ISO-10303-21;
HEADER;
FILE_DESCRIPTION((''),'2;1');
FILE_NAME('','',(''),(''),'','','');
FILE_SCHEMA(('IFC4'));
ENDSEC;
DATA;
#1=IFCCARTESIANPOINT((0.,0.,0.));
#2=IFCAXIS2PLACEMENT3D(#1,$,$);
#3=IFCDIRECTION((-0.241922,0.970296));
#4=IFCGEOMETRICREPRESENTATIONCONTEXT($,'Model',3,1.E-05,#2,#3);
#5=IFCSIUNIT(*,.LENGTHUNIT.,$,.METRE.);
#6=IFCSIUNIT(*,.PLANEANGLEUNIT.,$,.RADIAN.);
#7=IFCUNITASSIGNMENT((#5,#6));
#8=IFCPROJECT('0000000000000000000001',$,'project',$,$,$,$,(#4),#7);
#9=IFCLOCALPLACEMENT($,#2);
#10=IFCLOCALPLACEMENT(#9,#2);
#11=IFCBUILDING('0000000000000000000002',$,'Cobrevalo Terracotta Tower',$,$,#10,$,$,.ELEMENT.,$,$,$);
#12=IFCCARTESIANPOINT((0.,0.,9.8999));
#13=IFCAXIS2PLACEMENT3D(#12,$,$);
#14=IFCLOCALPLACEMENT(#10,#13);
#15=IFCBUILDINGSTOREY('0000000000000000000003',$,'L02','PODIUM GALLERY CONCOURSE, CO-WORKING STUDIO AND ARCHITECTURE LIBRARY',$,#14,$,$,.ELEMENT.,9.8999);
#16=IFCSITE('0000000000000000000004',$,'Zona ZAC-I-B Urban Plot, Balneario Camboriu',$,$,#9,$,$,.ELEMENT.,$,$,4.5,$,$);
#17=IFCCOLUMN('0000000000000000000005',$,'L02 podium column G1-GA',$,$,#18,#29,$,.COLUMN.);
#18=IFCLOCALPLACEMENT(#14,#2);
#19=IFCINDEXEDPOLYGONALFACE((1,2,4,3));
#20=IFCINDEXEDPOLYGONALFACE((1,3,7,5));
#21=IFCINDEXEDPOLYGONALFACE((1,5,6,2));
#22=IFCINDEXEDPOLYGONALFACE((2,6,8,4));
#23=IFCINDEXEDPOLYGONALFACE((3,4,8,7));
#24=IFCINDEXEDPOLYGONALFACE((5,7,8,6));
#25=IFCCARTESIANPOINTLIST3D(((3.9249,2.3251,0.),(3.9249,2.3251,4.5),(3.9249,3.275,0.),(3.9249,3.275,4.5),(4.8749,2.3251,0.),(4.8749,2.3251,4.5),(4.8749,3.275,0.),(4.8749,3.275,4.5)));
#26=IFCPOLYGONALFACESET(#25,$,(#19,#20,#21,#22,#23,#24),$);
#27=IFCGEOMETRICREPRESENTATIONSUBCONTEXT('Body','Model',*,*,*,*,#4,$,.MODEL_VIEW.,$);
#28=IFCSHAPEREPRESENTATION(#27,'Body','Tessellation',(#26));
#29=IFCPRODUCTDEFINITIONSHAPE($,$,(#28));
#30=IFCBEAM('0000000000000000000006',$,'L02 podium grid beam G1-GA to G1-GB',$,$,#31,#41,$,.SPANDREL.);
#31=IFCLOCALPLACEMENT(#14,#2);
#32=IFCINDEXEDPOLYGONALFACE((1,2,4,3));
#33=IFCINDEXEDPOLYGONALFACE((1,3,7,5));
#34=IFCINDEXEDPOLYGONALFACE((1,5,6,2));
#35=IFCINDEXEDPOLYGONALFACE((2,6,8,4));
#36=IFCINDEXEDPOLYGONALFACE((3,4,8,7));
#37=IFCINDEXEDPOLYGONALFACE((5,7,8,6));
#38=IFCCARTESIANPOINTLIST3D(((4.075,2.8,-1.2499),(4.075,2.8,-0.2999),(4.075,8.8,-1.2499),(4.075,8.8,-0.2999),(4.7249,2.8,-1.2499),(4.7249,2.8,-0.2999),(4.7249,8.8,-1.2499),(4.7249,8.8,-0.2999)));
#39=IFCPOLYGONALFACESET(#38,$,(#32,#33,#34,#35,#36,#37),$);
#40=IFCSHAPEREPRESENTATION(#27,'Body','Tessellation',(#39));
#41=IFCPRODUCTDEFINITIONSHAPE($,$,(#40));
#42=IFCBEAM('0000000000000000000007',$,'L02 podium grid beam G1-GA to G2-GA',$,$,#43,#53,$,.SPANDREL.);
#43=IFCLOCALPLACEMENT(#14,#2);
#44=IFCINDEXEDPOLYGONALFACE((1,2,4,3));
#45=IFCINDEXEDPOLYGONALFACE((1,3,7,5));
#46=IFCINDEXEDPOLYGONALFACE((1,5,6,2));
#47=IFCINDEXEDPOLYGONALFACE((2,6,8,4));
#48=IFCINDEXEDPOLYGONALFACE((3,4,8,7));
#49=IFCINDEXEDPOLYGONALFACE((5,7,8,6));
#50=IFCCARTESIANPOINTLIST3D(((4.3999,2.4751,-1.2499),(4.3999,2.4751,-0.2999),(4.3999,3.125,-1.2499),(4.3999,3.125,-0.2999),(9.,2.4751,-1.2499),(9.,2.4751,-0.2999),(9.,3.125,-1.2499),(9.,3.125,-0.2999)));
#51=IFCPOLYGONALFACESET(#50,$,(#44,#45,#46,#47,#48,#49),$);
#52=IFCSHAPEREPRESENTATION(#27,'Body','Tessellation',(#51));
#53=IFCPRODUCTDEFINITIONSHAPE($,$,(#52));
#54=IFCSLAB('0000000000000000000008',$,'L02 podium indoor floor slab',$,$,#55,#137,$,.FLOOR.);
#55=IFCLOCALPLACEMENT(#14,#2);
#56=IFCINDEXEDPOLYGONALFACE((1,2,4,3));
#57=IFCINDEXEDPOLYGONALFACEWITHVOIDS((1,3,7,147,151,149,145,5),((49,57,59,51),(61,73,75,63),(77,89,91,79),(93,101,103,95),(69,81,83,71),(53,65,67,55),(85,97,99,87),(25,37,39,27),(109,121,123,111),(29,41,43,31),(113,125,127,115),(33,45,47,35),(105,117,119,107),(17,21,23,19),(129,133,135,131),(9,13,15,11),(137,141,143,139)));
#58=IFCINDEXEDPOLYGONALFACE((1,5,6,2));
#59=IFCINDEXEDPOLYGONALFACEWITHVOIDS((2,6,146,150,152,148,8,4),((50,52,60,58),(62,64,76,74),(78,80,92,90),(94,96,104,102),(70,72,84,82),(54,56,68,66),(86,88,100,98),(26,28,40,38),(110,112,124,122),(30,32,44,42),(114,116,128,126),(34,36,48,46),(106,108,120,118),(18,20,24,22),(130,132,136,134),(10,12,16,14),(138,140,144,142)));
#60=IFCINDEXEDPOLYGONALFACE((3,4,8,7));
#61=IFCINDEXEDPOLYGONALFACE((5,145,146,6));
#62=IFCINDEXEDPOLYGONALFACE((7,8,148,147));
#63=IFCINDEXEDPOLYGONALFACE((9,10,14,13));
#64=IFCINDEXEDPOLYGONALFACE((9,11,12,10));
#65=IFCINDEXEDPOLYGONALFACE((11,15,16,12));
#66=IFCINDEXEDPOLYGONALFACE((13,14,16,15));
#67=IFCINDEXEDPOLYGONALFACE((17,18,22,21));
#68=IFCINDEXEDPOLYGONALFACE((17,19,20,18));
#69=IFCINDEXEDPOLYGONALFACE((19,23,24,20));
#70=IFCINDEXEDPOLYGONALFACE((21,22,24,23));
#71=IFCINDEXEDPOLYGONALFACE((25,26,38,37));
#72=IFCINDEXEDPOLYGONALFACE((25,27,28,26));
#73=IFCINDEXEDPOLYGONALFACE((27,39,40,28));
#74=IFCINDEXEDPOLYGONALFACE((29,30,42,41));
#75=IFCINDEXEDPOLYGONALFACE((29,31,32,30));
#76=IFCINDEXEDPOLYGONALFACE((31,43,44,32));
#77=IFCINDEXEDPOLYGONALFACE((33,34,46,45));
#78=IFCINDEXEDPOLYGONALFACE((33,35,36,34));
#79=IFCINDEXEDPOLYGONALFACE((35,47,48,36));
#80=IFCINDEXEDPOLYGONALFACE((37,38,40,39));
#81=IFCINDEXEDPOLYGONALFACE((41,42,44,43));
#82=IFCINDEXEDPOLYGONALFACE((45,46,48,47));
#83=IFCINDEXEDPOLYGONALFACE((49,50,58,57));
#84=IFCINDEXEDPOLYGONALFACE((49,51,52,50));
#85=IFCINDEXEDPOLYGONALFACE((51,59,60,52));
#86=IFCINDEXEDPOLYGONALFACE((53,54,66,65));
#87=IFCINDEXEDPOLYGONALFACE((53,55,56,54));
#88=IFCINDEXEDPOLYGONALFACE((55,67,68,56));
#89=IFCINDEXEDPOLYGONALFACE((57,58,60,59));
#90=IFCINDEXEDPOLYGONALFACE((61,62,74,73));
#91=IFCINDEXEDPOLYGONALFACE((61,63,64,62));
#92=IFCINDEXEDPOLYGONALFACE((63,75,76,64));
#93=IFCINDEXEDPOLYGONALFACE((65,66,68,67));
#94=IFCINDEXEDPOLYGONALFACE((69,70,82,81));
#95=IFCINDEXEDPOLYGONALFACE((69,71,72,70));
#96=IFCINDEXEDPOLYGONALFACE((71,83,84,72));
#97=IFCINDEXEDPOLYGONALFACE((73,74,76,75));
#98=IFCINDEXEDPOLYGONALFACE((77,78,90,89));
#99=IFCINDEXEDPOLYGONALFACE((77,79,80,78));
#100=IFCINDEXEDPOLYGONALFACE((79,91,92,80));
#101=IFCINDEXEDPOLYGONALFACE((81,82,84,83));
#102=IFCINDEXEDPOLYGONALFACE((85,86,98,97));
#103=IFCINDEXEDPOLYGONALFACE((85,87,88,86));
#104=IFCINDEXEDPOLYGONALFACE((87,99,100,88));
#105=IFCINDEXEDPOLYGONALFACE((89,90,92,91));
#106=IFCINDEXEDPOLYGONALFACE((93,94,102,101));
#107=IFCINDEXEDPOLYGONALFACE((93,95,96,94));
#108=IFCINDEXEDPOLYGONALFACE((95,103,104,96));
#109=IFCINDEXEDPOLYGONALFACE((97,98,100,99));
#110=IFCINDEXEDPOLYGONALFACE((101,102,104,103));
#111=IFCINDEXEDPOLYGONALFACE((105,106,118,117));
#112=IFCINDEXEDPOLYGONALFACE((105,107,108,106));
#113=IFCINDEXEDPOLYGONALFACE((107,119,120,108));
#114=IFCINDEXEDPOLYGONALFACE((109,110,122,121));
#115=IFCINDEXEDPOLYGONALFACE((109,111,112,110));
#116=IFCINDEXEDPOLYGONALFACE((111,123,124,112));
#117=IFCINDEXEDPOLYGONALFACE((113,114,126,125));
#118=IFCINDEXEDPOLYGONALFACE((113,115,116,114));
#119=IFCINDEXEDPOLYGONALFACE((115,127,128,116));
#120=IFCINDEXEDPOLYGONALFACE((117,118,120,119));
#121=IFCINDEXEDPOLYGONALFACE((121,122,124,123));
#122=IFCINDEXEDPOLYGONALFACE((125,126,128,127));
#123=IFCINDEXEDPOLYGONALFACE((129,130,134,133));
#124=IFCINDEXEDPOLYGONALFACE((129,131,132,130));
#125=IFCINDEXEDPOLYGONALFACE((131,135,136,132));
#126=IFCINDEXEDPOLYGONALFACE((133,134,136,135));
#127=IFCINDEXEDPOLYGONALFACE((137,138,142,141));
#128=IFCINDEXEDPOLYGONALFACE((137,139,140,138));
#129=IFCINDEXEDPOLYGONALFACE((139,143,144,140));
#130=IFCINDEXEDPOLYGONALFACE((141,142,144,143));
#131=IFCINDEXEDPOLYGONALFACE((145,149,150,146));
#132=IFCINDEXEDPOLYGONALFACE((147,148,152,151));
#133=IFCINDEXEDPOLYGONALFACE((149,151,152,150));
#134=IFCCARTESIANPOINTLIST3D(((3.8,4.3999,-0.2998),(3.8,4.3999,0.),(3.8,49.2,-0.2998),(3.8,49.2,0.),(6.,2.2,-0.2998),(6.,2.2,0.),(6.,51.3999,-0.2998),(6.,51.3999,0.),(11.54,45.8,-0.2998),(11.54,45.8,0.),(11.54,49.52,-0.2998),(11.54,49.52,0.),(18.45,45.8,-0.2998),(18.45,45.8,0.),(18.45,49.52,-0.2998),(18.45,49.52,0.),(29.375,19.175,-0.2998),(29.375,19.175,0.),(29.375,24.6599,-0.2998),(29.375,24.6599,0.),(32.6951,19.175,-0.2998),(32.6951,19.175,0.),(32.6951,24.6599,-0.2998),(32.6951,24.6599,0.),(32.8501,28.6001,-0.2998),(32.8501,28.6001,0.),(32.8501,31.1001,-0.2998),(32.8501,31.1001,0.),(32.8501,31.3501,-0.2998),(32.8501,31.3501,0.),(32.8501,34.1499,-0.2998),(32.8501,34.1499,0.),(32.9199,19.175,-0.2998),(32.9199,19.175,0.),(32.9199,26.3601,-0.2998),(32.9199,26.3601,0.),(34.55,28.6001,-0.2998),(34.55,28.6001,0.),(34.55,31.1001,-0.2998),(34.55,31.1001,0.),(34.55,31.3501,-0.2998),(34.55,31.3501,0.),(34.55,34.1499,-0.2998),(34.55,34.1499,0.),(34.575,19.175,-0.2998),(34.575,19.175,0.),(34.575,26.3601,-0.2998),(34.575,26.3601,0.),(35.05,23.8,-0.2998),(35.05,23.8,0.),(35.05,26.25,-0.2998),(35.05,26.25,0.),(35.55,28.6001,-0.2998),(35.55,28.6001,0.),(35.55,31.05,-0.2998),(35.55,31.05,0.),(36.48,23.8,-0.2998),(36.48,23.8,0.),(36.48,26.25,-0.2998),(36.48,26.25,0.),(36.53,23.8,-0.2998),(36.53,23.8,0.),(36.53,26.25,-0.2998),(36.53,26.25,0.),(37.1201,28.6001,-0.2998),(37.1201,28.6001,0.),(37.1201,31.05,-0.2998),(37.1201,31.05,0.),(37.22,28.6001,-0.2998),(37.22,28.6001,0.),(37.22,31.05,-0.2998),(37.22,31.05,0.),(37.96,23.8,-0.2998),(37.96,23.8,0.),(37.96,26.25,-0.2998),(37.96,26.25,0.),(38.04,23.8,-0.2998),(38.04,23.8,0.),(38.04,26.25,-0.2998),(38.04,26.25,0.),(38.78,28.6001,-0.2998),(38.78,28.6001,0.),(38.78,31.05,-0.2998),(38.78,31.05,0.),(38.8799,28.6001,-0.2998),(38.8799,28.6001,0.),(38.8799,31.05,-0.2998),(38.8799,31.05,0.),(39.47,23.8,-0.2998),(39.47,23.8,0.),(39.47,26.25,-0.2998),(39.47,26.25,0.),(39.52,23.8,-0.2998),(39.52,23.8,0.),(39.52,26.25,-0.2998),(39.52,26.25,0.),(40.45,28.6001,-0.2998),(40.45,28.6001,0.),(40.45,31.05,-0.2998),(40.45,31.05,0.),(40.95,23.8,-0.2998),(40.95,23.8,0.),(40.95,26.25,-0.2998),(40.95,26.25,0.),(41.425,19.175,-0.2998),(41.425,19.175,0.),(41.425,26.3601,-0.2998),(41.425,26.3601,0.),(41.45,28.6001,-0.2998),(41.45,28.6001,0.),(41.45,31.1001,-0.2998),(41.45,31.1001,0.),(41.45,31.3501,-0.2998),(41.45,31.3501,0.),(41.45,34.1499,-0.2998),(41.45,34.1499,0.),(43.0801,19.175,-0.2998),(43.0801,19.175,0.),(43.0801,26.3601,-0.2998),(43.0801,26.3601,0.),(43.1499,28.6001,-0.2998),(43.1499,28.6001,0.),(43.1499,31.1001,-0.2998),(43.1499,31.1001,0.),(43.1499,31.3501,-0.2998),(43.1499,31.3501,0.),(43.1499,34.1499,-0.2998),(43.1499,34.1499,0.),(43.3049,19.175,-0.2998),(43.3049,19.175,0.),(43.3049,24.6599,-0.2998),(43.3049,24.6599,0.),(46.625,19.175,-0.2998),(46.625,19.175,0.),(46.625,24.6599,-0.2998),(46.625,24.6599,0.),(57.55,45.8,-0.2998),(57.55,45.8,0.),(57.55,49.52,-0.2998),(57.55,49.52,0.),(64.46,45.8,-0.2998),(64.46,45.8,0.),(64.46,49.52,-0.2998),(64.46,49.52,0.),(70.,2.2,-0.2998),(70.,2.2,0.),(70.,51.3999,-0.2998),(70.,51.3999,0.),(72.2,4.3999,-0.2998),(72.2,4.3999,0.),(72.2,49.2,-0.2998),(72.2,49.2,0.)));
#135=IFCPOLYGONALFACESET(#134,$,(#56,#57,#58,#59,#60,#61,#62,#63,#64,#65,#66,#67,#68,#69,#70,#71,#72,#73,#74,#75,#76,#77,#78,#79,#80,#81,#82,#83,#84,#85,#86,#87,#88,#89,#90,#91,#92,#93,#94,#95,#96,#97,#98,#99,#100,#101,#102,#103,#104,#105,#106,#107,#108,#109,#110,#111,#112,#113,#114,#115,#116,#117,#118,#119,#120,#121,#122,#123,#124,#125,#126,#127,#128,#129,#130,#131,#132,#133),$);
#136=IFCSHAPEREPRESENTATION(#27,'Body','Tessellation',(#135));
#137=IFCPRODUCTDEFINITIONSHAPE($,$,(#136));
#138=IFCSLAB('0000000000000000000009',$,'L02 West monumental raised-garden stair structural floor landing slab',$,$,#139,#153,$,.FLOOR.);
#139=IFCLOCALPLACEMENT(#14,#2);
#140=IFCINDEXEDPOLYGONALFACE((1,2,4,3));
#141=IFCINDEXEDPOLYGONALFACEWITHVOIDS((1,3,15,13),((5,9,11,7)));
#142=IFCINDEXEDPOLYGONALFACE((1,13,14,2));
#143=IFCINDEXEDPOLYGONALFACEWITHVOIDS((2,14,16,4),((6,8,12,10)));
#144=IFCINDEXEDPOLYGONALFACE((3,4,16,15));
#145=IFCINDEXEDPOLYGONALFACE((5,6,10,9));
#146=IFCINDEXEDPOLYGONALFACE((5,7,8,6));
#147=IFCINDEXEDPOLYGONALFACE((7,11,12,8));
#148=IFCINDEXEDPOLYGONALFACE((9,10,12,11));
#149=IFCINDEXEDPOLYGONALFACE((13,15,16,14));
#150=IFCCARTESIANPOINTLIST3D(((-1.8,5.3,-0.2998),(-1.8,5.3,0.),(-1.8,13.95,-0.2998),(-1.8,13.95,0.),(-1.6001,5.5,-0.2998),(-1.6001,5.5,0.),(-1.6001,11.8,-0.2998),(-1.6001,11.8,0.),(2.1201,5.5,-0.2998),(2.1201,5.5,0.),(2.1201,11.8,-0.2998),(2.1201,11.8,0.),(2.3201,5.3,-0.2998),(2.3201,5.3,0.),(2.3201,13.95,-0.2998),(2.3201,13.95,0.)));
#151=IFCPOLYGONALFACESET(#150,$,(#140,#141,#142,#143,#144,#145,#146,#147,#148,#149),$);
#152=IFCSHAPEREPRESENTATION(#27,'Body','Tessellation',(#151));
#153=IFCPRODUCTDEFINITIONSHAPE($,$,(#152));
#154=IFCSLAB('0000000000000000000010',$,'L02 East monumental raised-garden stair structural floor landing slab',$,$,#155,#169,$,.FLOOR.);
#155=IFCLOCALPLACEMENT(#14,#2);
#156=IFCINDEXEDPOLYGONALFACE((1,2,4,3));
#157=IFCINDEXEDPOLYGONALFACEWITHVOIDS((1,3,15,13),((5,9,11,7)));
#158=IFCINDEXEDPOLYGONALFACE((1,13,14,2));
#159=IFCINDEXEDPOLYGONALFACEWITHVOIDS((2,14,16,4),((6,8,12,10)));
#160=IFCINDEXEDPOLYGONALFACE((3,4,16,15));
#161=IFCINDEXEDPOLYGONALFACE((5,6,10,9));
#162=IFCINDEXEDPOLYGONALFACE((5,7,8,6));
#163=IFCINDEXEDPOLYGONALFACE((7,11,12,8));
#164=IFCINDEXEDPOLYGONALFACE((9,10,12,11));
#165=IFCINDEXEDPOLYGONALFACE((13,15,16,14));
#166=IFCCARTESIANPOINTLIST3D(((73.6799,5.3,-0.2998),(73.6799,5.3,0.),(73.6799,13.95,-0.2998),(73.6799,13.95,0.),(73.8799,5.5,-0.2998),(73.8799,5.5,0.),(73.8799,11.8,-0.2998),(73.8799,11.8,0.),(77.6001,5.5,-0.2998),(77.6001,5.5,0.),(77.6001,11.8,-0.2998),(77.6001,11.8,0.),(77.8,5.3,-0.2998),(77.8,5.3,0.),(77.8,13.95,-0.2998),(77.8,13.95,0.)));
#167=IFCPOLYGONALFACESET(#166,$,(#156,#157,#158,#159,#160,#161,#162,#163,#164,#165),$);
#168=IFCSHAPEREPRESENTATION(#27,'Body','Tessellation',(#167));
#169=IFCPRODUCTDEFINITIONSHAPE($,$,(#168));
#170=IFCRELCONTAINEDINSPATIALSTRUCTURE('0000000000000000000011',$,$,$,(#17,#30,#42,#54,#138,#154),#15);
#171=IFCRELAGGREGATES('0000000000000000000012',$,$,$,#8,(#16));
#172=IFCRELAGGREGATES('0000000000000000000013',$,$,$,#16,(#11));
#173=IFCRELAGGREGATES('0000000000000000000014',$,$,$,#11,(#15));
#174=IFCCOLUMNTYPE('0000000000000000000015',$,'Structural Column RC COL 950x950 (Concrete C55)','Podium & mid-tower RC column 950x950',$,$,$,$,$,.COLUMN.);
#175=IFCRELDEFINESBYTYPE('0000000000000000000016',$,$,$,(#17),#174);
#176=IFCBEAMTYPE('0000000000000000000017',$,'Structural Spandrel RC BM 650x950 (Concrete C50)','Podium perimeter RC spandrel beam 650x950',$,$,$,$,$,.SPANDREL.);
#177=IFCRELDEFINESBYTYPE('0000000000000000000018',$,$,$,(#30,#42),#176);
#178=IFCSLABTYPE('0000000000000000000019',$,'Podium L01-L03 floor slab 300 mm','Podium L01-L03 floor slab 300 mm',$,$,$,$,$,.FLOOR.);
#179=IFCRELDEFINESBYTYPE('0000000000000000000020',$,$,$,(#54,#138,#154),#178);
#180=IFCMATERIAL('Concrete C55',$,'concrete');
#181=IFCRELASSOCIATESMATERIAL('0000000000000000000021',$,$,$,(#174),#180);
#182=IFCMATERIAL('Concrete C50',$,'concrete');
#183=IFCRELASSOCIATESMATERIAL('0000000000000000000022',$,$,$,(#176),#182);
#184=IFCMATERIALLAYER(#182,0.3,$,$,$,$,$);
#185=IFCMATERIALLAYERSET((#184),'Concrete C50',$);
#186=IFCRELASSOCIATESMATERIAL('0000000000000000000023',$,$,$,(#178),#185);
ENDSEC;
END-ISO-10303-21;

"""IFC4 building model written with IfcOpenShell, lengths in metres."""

from ifc_helpers import new_model, si_unit, direction, frame, origin, origin_2d, place, context, subcontext, project, spatial, polyline, rectangle, outline, extrude, material, layer, layer_set, material_profile, profile_set, type_object, element, save


model = new_model("IFC4")

# Units and contexts
model_context = context("Model", 3, precision=1e-05, world=origin(), true_north=direction((-0.241922, 0.970296)))
body_context = subcontext(model_context, "Body", "Model", "MODEL_VIEW")
ifc_project = project(units=[si_unit("LENGTHUNIT", "METRE"), si_unit("PLANEANGLEUNIT", "RADIAN")], contexts=[model_context])

# Site, building, storey
site_placement = place(None, origin())
site = spatial("IfcSite", under=ifc_project, at=site_placement, Name="Zona ZAC-I-B Urban Plot, Balneario Camboriu", CompositionType="ELEMENT", RefElevation=4.5)
building_placement = place(site_placement, origin())
building = spatial("IfcBuilding", under=site, at=building_placement, Name="Cobrevalo Terracotta Tower", CompositionType="ELEMENT")
storey_placement = place(building_placement, frame((0.0, 0.0, 9.8999)))
storey = spatial("IfcBuildingStorey", under=building, at=storey_placement, Name="L02", Description="PODIUM GALLERY CONCOURSE, CO-WORKING STUDIO AND ARCHITECTURE LIBRARY", CompositionType="ELEMENT", Elevation=9.8999)

# Column
ifc_material_1 = material(Name="Concrete C55", Category="concrete")
ifc_material_profile_1 = material_profile(ifc_material_1, rectangle(XDim=0.95, YDim=0.95, at=origin_2d()), Name="RC COL 950x950")
ifc_profile_set_1 = profile_set([ifc_material_profile_1], Name="Concrete C55")
column_type = type_object("IfcColumnType", Name="Structural Column RC COL 950x950 (Concrete C55)", Description="Podium & mid-tower RC column 950x950", PredefinedType="COLUMN", material=ifc_profile_set_1)
column_placement = place(storey_placement, frame((4.3999, 2.8, 0.0), z_axis=(0.0, 0.0, 1.0), x_axis=(1.0, 0.0, 0.0)))
element("IfcColumn", 1, at=column_placement, inside=storey, type_object=column_type, Name="L02 podium column G1-GA", PredefinedType="COLUMN", context=body_context, shape_type="SweptSolid", body=[
    extrude(rectangle(XDim=0.95, YDim=0.95, at=origin_2d()), origin(), (0.0, 0.0, 1.0), 4.5),
])

# Beams
ifc_material_2 = material(Name="Concrete C50", Category="concrete")
ifc_material_profile_2 = material_profile(ifc_material_2, rectangle(XDim=0.6499, YDim=0.95, at=origin_2d()), Name="RC BM 650x950")
ifc_profile_set_2 = profile_set([ifc_material_profile_2], Name="Concrete C50")
beam_type = type_object("IfcBeamType", Name="Structural Spandrel RC BM 650x950 (Concrete C50)", Description="Podium perimeter RC spandrel beam 650x950", PredefinedType="SPANDREL", material=ifc_profile_set_2)
beam_1_placement = place(storey_placement, frame((4.3999, 2.8, -0.7749), z_axis=(0.0, 1.0, 0.0), x_axis=(-1.0, 0.0, 0.0)))
element("IfcBeam", 2, at=beam_1_placement, inside=storey, type_object=beam_type, Name="L02 podium grid beam G1-GA to G1-GB", PredefinedType="SPANDREL", context=body_context, shape_type="SweptSolid", body=[
    extrude(rectangle(XDim=0.6499, YDim=0.95, at=origin_2d()), origin(), (0.0, 0.0, 1.0), 6.0),
])
beam_2_placement = place(storey_placement, frame((4.3999, 2.8, -0.7749), z_axis=(1.0, 0.0, 0.0), x_axis=(0.0, 1.0, 0.0)))
element("IfcBeam", 3, at=beam_2_placement, inside=storey, type_object=beam_type, Name="L02 podium grid beam G1-GA to G2-GA", PredefinedType="SPANDREL", context=body_context, shape_type="SweptSolid", body=[
    extrude(rectangle(XDim=0.6499, YDim=0.95, at=origin_2d()), origin(), (0.0, 0.0, 1.0), 4.6001),
])

# Slabs
ifc_layer_1 = layer(ifc_material_2, 0.3)
ifc_layer_set_1 = layer_set([ifc_layer_1], Name="Concrete C50")
slab_type_1 = type_object("IfcSlabType", Name="Podium L01-L03 floor slab 300 mm", Description="Podium L01-L03 floor slab 300 mm", PredefinedType="FLOOR", material=ifc_layer_set_1)
slab_1_placement = place(storey_placement, frame((0.0, 0.0, -0.2998)))
element("IfcSlab", 4, at=slab_1_placement, inside=storey, type_object=slab_type_1, Name="L02 podium indoor floor slab", PredefinedType="FLOOR", context=body_context, shape_type="SweptSolid", body=[
    extrude(outline(polyline([(3.8, 4.3999), (3.8, 49.2), (6.0, 51.3999), (70.0, 51.3999), (72.2, 49.2), (72.2, 4.3999), (70.0, 2.2), (6.0, 2.2), (3.8, 4.3999)]), holes=[polyline([(29.375, 19.175), (32.6951, 19.175), (32.6951, 24.6599), (29.375, 24.6599), (29.375, 19.175)]), polyline([(34.575, 19.175), (34.575, 26.3601), (32.9199, 26.3601), (32.9199, 19.175), (34.575, 19.175)]), polyline([(36.48, 23.8), (36.48, 26.25), (35.05, 26.25), (35.05, 23.8), (36.48, 23.8)]), polyline([(37.96, 23.8), (37.96, 26.25), (36.53, 26.25), (36.53, 23.8), (37.96, 23.8)]), polyline([(37.1201, 28.6001), (37.1201, 31.05), (35.55, 31.05), (35.55, 28.6001), (37.1201, 28.6001)]), polyline([(38.78, 28.6001), (38.78, 31.05), (37.22, 31.05), (37.22, 28.6001), (38.78, 28.6001)]), polyline([(34.55, 28.6001), (34.55, 31.1001), (32.8501, 31.1001), (32.8501, 28.6001), (34.55, 28.6001)]), polyline([(34.55, 31.3501), (34.55, 34.1499), (32.8501, 34.1499), (32.8501, 31.3501), (34.55, 31.3501)]), polyline([(18.45, 45.8), (18.45, 49.52), (11.54, 49.52), (11.54, 45.8), (18.45, 45.8)]), polyline([(43.3049, 19.175), (46.625, 19.175), (46.625, 24.6599), (43.3049, 24.6599), (43.3049, 19.175)]), polyline([(43.0801, 19.175), (43.0801, 26.3601), (41.425, 26.3601), (41.425, 19.175), (43.0801, 19.175)]), polyline([(39.47, 23.8), (39.47, 26.25), (38.04, 26.25), (38.04, 23.8), (39.47, 23.8)]), polyline([(40.95, 23.8), (40.95, 26.25), (39.52, 26.25), (39.52, 23.8), (40.95, 23.8)]), polyline([(40.45, 28.6001), (40.45, 31.05), (38.8799, 31.05), (38.8799, 28.6001), (40.45, 28.6001)]), polyline([(43.1499, 28.6001), (43.1499, 31.1001), (41.45, 31.1001), (41.45, 28.6001), (43.1499, 28.6001)]), polyline([(41.45, 31.3501), (43.1499, 31.3501), (43.1499, 34.1499), (41.45, 34.1499), (41.45, 31.3501)]), polyline([(64.46, 49.52), (57.55, 49.52), (57.55, 45.8), (64.46, 45.8), (64.46, 49.52)])]), origin(), (0.0, 0.0, 1.0), 0.2998),
])
slab_2_placement = place(storey_placement, frame((0.0, 0.0, -0.2998)))
element("IfcSlab", 5, at=slab_2_placement, inside=storey, type_object=slab_type_1, Name="L02 West monumental raised-garden stair structural floor landing slab", PredefinedType="FLOOR", context=body_context, shape_type="SweptSolid", body=[
    extrude(outline(polyline([(-1.8, 13.95), (2.3201, 13.95), (2.3201, 5.3), (-1.8, 5.3), (-1.8, 13.95)]), holes=[polyline([(-1.6001, 5.5), (2.1201, 5.5), (2.1201, 11.8), (-1.6001, 11.8), (-1.6001, 5.5)])]), origin(), (0.0, 0.0, 1.0), 0.2998),
])
slab_3_placement = place(storey_placement, frame((0.0, 0.0, -0.2998)))
element("IfcSlab", 6, at=slab_3_placement, inside=storey, type_object=slab_type_1, Name="L02 East monumental raised-garden stair structural floor landing slab", PredefinedType="FLOOR", context=body_context, shape_type="SweptSolid", body=[
    extrude(outline(polyline([(73.6799, 13.95), (77.8, 13.95), (77.8, 5.3), (73.6799, 5.3), (73.6799, 13.95)]), holes=[polyline([(73.8799, 5.5), (77.6001, 5.5), (77.6001, 11.8), (73.8799, 11.8), (73.8799, 5.5)])]), origin(), (0.0, 0.0, 1.0), 0.2998),
])

save(model, "model.ifc")
